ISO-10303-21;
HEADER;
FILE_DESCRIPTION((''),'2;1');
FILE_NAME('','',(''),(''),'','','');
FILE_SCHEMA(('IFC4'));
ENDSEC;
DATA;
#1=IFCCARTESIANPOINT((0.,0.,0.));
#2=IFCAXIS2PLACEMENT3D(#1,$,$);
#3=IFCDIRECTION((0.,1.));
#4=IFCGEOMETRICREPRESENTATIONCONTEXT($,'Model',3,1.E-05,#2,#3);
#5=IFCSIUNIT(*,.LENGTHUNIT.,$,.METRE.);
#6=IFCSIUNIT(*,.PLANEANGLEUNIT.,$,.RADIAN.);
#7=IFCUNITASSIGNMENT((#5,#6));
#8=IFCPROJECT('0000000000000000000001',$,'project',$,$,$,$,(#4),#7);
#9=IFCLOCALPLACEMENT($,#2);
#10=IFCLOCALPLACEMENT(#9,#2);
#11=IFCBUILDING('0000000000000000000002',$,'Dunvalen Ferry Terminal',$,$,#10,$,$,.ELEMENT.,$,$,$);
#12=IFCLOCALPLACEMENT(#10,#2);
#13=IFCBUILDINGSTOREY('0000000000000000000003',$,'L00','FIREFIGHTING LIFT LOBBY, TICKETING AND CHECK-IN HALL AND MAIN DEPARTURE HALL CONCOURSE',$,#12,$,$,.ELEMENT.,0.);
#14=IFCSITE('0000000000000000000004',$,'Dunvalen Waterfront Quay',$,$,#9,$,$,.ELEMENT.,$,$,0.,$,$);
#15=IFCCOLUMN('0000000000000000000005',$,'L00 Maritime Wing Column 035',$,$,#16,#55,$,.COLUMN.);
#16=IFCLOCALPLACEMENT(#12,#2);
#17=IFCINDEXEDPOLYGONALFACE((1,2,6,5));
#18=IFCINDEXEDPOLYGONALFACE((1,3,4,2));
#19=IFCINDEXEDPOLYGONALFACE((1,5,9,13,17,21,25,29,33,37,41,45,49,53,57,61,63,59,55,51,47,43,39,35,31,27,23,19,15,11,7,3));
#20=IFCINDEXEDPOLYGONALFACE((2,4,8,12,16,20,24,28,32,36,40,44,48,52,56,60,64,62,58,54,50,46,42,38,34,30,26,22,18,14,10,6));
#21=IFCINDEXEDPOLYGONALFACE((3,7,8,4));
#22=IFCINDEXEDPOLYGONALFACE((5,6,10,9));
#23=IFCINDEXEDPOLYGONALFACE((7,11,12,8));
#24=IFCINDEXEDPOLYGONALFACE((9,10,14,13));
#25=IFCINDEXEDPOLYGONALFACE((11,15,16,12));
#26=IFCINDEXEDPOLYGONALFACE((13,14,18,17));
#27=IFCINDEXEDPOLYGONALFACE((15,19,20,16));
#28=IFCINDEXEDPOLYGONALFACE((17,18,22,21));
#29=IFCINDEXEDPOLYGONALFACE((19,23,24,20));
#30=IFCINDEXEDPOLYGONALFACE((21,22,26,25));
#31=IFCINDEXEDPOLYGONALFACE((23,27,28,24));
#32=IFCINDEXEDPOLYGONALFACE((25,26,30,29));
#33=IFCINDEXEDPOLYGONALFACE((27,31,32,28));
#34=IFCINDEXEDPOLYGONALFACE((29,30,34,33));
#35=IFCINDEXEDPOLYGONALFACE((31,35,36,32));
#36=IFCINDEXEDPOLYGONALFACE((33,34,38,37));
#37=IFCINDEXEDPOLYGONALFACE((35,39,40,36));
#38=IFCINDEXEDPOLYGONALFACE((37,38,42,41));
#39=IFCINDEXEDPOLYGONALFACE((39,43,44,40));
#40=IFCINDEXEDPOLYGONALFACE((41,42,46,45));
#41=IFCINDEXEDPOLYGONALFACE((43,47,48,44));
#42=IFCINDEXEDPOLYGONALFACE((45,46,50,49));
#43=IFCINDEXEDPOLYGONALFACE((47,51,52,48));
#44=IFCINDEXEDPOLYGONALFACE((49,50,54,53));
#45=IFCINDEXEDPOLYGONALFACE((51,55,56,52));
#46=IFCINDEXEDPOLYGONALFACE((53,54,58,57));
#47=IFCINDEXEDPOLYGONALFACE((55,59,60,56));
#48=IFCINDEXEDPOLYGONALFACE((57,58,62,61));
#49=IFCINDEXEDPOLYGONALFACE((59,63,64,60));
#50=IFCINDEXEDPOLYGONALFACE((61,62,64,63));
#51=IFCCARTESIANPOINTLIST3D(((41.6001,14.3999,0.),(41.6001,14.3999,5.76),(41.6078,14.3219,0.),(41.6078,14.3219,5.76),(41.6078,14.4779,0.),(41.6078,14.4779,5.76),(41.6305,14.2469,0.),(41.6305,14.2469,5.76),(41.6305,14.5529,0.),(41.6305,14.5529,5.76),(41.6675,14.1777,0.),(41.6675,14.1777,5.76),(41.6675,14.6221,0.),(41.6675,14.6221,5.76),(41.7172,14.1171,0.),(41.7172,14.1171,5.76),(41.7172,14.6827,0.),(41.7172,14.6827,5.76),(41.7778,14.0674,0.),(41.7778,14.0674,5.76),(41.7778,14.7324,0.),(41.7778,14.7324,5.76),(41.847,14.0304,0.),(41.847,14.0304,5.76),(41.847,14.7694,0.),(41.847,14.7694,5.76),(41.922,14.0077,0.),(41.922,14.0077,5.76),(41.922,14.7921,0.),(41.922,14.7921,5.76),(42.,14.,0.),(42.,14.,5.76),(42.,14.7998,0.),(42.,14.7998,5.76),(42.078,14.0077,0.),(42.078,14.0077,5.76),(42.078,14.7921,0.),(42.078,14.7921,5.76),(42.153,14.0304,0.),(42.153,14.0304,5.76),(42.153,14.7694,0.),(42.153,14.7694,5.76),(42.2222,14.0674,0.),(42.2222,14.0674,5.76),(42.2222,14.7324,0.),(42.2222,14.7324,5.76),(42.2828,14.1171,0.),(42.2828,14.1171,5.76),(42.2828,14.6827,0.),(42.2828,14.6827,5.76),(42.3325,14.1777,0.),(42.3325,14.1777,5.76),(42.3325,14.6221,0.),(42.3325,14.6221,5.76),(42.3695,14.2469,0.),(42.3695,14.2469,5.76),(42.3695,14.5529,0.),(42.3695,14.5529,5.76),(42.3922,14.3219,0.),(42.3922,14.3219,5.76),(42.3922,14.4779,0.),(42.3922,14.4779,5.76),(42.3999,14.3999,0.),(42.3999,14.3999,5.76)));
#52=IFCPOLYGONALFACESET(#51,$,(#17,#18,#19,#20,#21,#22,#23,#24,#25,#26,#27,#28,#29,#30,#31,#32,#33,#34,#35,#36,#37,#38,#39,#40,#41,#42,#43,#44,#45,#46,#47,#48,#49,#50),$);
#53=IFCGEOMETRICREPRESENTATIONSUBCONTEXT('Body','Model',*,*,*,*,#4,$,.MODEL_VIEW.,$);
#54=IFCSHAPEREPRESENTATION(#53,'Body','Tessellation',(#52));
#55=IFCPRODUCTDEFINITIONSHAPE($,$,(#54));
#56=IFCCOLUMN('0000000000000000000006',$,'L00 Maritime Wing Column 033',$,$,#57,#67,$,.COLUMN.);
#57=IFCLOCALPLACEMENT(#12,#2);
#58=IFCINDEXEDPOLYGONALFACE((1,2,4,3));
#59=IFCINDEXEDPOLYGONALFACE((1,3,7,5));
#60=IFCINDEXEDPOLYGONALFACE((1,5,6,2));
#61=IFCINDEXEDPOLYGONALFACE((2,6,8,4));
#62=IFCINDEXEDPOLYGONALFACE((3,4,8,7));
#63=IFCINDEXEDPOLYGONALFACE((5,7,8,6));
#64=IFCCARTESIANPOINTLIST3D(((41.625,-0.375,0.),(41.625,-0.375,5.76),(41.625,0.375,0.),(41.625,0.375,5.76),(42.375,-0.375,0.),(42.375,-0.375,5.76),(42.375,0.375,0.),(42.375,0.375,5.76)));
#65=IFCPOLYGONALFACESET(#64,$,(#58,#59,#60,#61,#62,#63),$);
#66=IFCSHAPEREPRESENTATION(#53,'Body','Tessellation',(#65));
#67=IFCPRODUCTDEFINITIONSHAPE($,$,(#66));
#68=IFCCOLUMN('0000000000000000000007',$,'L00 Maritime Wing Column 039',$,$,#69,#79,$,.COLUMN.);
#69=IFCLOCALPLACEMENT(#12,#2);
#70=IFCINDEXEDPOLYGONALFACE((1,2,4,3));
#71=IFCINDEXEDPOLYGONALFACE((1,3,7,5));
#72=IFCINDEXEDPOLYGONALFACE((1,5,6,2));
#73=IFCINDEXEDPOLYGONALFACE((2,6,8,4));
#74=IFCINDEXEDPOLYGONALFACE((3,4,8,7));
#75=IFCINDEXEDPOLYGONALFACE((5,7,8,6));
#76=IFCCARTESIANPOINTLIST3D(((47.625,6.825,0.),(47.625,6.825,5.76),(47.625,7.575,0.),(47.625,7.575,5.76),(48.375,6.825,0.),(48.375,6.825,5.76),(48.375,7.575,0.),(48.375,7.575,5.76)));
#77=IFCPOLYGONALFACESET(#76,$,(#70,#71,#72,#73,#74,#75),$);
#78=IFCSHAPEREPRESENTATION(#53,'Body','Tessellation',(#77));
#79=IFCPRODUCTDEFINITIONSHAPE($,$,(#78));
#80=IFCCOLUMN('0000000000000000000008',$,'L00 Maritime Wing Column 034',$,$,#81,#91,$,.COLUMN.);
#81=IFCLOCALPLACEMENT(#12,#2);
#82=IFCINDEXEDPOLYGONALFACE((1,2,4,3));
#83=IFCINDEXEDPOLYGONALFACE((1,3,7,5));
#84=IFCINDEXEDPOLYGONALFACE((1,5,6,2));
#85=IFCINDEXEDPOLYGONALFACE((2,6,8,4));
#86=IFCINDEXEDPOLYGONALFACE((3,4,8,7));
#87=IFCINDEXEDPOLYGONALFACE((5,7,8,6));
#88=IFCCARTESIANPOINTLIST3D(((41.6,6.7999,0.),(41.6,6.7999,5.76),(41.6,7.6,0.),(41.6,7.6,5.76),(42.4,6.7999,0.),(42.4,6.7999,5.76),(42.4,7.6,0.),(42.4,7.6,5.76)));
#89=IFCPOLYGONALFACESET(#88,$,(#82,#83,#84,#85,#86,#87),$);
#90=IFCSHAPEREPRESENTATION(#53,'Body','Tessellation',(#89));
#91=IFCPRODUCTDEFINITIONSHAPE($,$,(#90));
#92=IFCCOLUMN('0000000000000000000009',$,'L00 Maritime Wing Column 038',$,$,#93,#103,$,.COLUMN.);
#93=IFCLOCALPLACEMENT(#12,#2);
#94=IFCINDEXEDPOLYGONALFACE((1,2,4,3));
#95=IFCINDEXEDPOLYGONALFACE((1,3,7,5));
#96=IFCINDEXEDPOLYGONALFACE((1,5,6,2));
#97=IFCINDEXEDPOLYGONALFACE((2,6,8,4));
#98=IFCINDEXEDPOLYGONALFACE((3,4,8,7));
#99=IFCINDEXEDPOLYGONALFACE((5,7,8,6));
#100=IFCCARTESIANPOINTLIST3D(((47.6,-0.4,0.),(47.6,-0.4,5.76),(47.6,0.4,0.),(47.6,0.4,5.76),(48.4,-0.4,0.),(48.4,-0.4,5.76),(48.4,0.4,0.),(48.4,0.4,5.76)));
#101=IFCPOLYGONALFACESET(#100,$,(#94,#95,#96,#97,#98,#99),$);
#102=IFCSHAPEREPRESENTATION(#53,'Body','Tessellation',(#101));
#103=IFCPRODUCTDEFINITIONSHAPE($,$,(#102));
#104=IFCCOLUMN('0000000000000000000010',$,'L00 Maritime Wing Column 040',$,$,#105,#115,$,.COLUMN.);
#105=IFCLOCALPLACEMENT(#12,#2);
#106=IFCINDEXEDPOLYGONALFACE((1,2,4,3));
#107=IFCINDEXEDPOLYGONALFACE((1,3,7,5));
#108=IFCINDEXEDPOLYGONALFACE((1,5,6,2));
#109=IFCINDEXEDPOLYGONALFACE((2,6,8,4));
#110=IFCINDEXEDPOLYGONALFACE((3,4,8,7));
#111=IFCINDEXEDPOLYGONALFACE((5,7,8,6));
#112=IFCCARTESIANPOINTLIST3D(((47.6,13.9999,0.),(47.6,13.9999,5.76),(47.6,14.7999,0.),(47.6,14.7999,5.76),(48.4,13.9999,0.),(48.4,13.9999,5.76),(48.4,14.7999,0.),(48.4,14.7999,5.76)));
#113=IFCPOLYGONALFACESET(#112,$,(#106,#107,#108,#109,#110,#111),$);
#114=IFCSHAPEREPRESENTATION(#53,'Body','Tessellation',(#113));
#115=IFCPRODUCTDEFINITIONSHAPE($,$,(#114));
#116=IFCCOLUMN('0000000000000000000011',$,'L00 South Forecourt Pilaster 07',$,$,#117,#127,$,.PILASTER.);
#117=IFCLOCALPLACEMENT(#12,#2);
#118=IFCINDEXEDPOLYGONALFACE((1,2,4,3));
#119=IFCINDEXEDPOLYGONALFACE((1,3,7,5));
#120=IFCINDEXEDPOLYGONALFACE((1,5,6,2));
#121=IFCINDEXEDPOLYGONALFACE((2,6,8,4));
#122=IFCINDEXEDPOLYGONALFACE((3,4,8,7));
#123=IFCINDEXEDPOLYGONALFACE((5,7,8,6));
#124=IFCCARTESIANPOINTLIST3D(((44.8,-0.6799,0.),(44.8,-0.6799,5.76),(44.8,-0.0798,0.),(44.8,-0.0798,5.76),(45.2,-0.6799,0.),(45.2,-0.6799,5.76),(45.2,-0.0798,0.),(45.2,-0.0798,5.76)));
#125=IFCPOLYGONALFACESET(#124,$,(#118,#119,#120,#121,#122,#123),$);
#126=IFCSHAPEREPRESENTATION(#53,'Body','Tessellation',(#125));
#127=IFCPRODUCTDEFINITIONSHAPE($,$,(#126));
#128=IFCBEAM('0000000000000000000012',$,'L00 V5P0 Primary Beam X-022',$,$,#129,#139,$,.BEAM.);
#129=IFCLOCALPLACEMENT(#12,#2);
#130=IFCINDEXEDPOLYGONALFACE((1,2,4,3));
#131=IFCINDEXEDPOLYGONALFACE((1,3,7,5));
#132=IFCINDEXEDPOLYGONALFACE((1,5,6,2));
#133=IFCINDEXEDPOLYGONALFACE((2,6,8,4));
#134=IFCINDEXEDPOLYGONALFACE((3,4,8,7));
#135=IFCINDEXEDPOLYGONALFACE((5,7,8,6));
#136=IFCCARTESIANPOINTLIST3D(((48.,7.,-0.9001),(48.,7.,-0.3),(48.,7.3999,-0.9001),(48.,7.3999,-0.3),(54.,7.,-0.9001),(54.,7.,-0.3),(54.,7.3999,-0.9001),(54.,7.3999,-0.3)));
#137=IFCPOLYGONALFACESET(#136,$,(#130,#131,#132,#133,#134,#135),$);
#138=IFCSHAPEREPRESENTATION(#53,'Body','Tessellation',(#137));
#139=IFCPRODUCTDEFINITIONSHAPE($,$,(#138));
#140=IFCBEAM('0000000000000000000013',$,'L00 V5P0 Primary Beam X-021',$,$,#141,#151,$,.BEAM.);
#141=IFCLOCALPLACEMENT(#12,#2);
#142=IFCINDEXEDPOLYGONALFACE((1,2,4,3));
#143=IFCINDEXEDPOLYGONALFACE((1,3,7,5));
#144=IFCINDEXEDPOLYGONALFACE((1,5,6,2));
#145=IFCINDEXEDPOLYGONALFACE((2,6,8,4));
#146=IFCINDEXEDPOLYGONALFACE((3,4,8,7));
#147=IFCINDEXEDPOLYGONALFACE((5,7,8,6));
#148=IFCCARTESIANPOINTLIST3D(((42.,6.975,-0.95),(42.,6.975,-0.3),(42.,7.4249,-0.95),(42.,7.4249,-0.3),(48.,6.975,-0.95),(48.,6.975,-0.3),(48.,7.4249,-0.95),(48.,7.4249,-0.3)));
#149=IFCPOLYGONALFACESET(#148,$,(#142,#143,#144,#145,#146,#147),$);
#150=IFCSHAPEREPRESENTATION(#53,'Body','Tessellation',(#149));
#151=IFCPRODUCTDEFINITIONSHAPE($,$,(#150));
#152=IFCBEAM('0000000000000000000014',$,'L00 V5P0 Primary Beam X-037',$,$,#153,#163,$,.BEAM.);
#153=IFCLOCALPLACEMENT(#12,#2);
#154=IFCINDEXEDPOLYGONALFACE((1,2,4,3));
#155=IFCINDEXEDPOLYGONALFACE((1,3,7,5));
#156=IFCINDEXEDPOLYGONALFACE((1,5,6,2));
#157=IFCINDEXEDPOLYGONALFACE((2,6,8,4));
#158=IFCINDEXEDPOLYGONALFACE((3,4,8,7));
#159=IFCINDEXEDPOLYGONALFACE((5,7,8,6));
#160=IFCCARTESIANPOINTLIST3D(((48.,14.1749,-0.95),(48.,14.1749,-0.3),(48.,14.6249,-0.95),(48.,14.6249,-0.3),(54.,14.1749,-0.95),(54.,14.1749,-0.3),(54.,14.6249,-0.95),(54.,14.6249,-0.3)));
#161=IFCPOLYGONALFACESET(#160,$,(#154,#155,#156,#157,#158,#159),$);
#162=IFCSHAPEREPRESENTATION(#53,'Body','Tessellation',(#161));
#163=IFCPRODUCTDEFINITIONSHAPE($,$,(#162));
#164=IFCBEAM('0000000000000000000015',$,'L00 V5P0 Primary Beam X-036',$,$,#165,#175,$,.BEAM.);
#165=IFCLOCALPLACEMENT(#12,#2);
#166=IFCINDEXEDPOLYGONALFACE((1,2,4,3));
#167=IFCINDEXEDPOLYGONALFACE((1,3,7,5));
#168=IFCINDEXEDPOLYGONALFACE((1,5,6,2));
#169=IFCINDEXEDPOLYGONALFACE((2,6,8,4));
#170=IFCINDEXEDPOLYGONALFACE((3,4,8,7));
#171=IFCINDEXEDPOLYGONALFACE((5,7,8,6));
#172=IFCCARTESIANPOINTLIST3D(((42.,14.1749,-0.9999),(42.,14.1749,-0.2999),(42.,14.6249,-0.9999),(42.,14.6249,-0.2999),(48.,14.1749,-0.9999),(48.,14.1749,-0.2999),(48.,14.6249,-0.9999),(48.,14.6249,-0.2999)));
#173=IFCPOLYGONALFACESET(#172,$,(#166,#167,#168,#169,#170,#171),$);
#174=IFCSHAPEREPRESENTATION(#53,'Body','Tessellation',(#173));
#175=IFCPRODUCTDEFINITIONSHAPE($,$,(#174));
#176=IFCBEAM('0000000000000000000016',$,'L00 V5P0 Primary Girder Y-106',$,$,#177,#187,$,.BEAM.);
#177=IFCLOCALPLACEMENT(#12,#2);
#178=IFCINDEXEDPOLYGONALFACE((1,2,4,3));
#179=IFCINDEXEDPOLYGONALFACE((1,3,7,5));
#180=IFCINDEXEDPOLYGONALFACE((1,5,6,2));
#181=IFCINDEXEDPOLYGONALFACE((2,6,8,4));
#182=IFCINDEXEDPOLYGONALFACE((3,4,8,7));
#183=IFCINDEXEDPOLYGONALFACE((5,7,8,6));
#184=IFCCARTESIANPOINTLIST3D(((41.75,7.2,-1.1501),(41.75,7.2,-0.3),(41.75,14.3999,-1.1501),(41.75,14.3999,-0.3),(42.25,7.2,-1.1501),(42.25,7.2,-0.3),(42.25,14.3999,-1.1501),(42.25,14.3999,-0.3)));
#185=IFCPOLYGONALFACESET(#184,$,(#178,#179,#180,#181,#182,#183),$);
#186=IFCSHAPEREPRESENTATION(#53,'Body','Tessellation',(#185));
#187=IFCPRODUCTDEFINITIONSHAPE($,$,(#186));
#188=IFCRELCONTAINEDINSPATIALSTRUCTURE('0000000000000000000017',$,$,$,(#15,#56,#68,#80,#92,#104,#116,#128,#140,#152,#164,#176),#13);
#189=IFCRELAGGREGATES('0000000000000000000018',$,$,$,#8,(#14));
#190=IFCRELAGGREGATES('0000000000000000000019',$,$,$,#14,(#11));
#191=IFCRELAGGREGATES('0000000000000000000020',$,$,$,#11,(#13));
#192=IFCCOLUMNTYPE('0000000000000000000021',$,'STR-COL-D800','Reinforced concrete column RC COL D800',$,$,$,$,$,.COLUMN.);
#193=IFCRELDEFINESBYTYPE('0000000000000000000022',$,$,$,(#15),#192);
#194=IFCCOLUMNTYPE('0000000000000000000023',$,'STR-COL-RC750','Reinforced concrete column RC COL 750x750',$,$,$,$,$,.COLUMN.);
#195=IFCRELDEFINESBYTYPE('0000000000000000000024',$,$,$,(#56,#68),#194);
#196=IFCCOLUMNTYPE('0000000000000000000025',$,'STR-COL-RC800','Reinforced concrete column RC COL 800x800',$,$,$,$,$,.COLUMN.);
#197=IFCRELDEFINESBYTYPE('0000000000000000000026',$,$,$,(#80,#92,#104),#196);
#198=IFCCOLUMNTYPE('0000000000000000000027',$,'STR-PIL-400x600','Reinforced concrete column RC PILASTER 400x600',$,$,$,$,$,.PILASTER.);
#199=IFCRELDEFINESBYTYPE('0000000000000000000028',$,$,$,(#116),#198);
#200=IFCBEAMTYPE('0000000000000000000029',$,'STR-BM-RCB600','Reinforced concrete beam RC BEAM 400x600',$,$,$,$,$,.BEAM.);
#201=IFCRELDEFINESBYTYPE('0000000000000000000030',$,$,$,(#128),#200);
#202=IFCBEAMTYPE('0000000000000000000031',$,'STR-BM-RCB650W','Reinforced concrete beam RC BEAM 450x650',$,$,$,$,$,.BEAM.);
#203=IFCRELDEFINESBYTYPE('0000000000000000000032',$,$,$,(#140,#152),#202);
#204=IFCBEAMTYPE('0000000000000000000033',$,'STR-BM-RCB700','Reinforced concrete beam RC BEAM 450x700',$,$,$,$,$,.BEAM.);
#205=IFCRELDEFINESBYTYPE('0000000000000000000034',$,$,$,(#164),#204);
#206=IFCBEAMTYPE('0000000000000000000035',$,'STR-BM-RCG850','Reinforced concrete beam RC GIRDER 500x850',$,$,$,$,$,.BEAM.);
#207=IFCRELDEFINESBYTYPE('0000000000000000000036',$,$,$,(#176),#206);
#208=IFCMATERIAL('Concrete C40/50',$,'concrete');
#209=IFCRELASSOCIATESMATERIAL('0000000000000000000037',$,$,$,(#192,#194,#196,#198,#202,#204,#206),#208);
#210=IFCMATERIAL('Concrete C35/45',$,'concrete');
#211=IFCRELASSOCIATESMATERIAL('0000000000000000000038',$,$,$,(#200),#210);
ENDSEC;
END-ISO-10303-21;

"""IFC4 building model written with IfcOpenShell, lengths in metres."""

from ifc_helpers import new_model, si_unit, direction, frame, origin, origin_2d, place, context, subcontext, project, spatial, rectangle, circle, extrude, material, material_profile, profile_set, type_object, element, save


model = new_model("IFC4")

# Units and contexts
model_context = context("Model", 3, precision=1e-05, world=origin(), true_north=direction((0.0, 1.0)))
body_context = subcontext(model_context, "Body", "Model", "MODEL_VIEW")
ifc_project = project(units=[si_unit("LENGTHUNIT", "METRE"), si_unit("PLANEANGLEUNIT", "RADIAN")], contexts=[model_context])

# Site, building, storey
site_placement = place(None, origin())
site = spatial("IfcSite", under=ifc_project, at=site_placement, Name="Dunvalen Waterfront Quay", CompositionType="ELEMENT", RefElevation=0.0)
building_placement = place(site_placement, origin())
building = spatial("IfcBuilding", under=site, at=building_placement, Name="Dunvalen Ferry Terminal", CompositionType="ELEMENT")
storey_placement = place(building_placement, origin())
storey = spatial("IfcBuildingStorey", under=building, at=storey_placement, Name="L00", Description="FIREFIGHTING LIFT LOBBY, TICKETING AND CHECK-IN HALL AND MAIN DEPARTURE HALL CONCOURSE", CompositionType="ELEMENT", Elevation=0.0)

# Columns
ifc_material_1 = material(Name="Concrete C40/50", Category="concrete")
ifc_material_profile_1 = material_profile(ifc_material_1, circle(Radius=0.3999, at=origin_2d()), Name="Concrete C40/50")
ifc_profile_set_1 = profile_set([ifc_material_profile_1], Name="Concrete C40/50")
column_type_1 = type_object("IfcColumnType", Name="STR-COL-D800", Description="Reinforced concrete column RC COL D800", PredefinedType="COLUMN", material=ifc_profile_set_1)
column_1_placement = place(storey_placement, frame((42.0, 14.3999, 0.0), z_axis=(0.0, 0.0, 1.0), x_axis=(1.0, 0.0, 0.0)))
element("IfcColumn", 1, at=column_1_placement, inside=storey, type_object=column_type_1, Name="L00 Maritime Wing Column 035", PredefinedType="COLUMN", context=body_context, shape_type="SweptSolid", body=[
    extrude(circle(Radius=0.3999, at=origin_2d()), origin(), (0.0, 0.0, 1.0), 5.76),
])
ifc_material_profile_2 = material_profile(ifc_material_1, rectangle(XDim=0.75, YDim=0.75, at=origin_2d()), Name="Concrete C40/50")
ifc_profile_set_2 = profile_set([ifc_material_profile_2], Name="Concrete C40/50")
column_type_2 = type_object("IfcColumnType", Name="STR-COL-RC750", Description="Reinforced concrete column RC COL 750x750", PredefinedType="COLUMN", material=ifc_profile_set_2)
for number, where, z_axis, x_axis, name in (
    (2, (42.0, 0.0, 0.0), (0.0, 0.0, 1.0), (1.0, 0.0, 0.0), "L00 Maritime Wing Column 033"),
    (3, (48.0, 7.2, 0.0), (0.0, 0.0, 1.0), (1.0, 0.0, 0.0), "L00 Maritime Wing Column 039"),
):
    element("IfcColumn", number, at=place(storey_placement, frame(where, z_axis=z_axis, x_axis=x_axis)), inside=storey, type_object=column_type_2, Name=name, PredefinedType="COLUMN", context=body_context, shape_type="SweptSolid", body=[
        extrude(rectangle(XDim=0.75, YDim=0.75, at=origin_2d()), origin(), (0.0, 0.0, 1.0), 5.76),
    ])
ifc_material_profile_3 = material_profile(ifc_material_1, rectangle(XDim=0.8, YDim=0.8, at=origin_2d()), Name="Concrete C40/50")
ifc_profile_set_3 = profile_set([ifc_material_profile_3], Name="Concrete C40/50")
column_type_3 = type_object("IfcColumnType", Name="STR-COL-RC800", Description="Reinforced concrete column RC COL 800x800", PredefinedType="COLUMN", material=ifc_profile_set_3)
for number, where, z_axis, x_axis, name in (
    (4, (42.0, 7.2, 0.0), (0.0, 0.0, 1.0), (1.0, 0.0, 0.0), "L00 Maritime Wing Column 034"),
    (5, (48.0, 0.0, 0.0), (0.0, 0.0, 1.0), (1.0, 0.0, 0.0), "L00 Maritime Wing Column 038"),
    (6, (48.0, 14.3999, 0.0), (0.0, 0.0, 1.0), (1.0, 0.0, 0.0), "L00 Maritime Wing Column 040"),
):
    element("IfcColumn", number, at=place(storey_placement, frame(where, z_axis=z_axis, x_axis=x_axis)), inside=storey, type_object=column_type_3, Name=name, PredefinedType="COLUMN", context=body_context, shape_type="SweptSolid", body=[
        extrude(rectangle(XDim=0.8, YDim=0.8, at=origin_2d()), origin(), (0.0, 0.0, 1.0), 5.76),
    ])
ifc_material_profile_4 = material_profile(ifc_material_1, rectangle(XDim=0.3999, YDim=0.6001, at=origin_2d()), Name="Concrete C40/50")
ifc_profile_set_4 = profile_set([ifc_material_profile_4], Name="Concrete C40/50")
column_type_4 = type_object("IfcColumnType", Name="STR-PIL-400x600", Description="Reinforced concrete column RC PILASTER 400x600", PredefinedType="PILASTER", material=ifc_profile_set_4)
column_2_placement = place(storey_placement, frame((45.0, -0.3799, 0.0), z_axis=(0.0, 0.0, 1.0), x_axis=(1.0, 0.0, 0.0)))
element("IfcColumn", 7, at=column_2_placement, inside=storey, type_object=column_type_4, Name="L00 South Forecourt Pilaster 07", PredefinedType="PILASTER", context=body_context, shape_type="SweptSolid", body=[
    extrude(rectangle(XDim=0.3999, YDim=0.6001, at=origin_2d()), origin(), (0.0, 0.0, 1.0), 5.76),
])

# Beams
ifc_material_2 = material(Name="Concrete C35/45", Category="concrete")
ifc_material_profile_5 = material_profile(ifc_material_2, rectangle(XDim=0.3999, YDim=0.6001, at=origin_2d()), Name="Concrete C35/45")
ifc_profile_set_5 = profile_set([ifc_material_profile_5], Name="Concrete C35/45")
beam_type_1 = type_object("IfcBeamType", Name="STR-BM-RCB600", Description="Reinforced concrete beam RC BEAM 400x600", PredefinedType="BEAM", material=ifc_profile_set_5)
beam_1_placement = place(storey_placement, frame((48.0, 7.2, -0.6001), z_axis=(1.0, 0.0, 0.0), x_axis=(0.0, 1.0, 0.0)))
element("IfcBeam", 8, at=beam_1_placement, inside=storey, type_object=beam_type_1, Name="L00 V5P0 Primary Beam X-022", PredefinedType="BEAM", context=body_context, shape_type="SweptSolid", body=[
    extrude(rectangle(XDim=0.3999, YDim=0.6001, at=origin_2d()), origin(), (0.0, 0.0, 1.0), 6.0),
])
ifc_material_profile_6 = material_profile(ifc_material_1, rectangle(XDim=0.45, YDim=0.6499, at=origin_2d()), Name="Concrete C40/50")
ifc_profile_set_6 = profile_set([ifc_material_profile_6], Name="Concrete C40/50")
beam_type_2 = type_object("IfcBeamType", Name="STR-BM-RCB650W", Description="Reinforced concrete beam RC BEAM 450x650", PredefinedType="BEAM", material=ifc_profile_set_6)
for number, where, z_axis, x_axis, name in (
    (9, (42.0, 7.2, -0.625), (1.0, 0.0, 0.0), (0.0, 1.0, 0.0), "L00 V5P0 Primary Beam X-021"),
    (10, (48.0, 14.3999, -0.625), (1.0, 0.0, 0.0), (0.0, 1.0, 0.0), "L00 V5P0 Primary Beam X-037"),
):
    element("IfcBeam", number, at=place(storey_placement, frame(where, z_axis=z_axis, x_axis=x_axis)), inside=storey, type_object=beam_type_2, Name=name, PredefinedType="BEAM", context=body_context, shape_type="SweptSolid", body=[
        extrude(rectangle(XDim=0.45, YDim=0.6499, at=origin_2d()), origin(), (0.0, 0.0, 1.0), 6.0),
    ])
ifc_material_profile_7 = material_profile(ifc_material_1, rectangle(XDim=0.45, YDim=0.7, at=origin_2d()), Name="Concrete C40/50")
ifc_profile_set_7 = profile_set([ifc_material_profile_7], Name="Concrete C40/50")
beam_type_3 = type_object("IfcBeamType", Name="STR-BM-RCB700", Description="Reinforced concrete beam RC BEAM 450x700", PredefinedType="BEAM", material=ifc_profile_set_7)
beam_2_placement = place(storey_placement, frame((42.0, 14.3999, -0.6499), z_axis=(1.0, 0.0, 0.0), x_axis=(0.0, 1.0, 0.0)))
element("IfcBeam", 11, at=beam_2_placement, inside=storey, type_object=beam_type_3, Name="L00 V5P0 Primary Beam X-036", PredefinedType="BEAM", context=body_context, shape_type="SweptSolid", body=[
    extrude(rectangle(XDim=0.45, YDim=0.7, at=origin_2d()), origin(), (0.0, 0.0, 1.0), 6.0),
])
ifc_material_profile_8 = material_profile(ifc_material_1, rectangle(XDim=0.5, YDim=0.8501, at=origin_2d()), Name="Concrete C40/50")
ifc_profile_set_8 = profile_set([ifc_material_profile_8], Name="Concrete C40/50")
beam_type_4 = type_object("IfcBeamType", Name="STR-BM-RCG850", Description="Reinforced concrete beam RC GIRDER 500x850", PredefinedType="BEAM", material=ifc_profile_set_8)
for number, where, z_axis, x_axis, name in (
    (12, (42.0, 7.2, -0.7251), (0.0, 1.0, 0.0), (-1.0, 0.0, 0.0), "L00 V5P0 Primary Girder Y-106"),
):
    element("IfcBeam", number, at=place(storey_placement, frame(where, z_axis=z_axis, x_axis=x_axis)), inside=storey, type_object=beam_type_4, Name=name, PredefinedType="BEAM", context=body_context, shape_type="SweptSolid", body=[
        extrude(rectangle(XDim=0.5, YDim=0.8501, at=origin_2d()), origin(), (0.0, 0.0, 1.0), 7.2),
    ])

save(model, "model.ifc")
